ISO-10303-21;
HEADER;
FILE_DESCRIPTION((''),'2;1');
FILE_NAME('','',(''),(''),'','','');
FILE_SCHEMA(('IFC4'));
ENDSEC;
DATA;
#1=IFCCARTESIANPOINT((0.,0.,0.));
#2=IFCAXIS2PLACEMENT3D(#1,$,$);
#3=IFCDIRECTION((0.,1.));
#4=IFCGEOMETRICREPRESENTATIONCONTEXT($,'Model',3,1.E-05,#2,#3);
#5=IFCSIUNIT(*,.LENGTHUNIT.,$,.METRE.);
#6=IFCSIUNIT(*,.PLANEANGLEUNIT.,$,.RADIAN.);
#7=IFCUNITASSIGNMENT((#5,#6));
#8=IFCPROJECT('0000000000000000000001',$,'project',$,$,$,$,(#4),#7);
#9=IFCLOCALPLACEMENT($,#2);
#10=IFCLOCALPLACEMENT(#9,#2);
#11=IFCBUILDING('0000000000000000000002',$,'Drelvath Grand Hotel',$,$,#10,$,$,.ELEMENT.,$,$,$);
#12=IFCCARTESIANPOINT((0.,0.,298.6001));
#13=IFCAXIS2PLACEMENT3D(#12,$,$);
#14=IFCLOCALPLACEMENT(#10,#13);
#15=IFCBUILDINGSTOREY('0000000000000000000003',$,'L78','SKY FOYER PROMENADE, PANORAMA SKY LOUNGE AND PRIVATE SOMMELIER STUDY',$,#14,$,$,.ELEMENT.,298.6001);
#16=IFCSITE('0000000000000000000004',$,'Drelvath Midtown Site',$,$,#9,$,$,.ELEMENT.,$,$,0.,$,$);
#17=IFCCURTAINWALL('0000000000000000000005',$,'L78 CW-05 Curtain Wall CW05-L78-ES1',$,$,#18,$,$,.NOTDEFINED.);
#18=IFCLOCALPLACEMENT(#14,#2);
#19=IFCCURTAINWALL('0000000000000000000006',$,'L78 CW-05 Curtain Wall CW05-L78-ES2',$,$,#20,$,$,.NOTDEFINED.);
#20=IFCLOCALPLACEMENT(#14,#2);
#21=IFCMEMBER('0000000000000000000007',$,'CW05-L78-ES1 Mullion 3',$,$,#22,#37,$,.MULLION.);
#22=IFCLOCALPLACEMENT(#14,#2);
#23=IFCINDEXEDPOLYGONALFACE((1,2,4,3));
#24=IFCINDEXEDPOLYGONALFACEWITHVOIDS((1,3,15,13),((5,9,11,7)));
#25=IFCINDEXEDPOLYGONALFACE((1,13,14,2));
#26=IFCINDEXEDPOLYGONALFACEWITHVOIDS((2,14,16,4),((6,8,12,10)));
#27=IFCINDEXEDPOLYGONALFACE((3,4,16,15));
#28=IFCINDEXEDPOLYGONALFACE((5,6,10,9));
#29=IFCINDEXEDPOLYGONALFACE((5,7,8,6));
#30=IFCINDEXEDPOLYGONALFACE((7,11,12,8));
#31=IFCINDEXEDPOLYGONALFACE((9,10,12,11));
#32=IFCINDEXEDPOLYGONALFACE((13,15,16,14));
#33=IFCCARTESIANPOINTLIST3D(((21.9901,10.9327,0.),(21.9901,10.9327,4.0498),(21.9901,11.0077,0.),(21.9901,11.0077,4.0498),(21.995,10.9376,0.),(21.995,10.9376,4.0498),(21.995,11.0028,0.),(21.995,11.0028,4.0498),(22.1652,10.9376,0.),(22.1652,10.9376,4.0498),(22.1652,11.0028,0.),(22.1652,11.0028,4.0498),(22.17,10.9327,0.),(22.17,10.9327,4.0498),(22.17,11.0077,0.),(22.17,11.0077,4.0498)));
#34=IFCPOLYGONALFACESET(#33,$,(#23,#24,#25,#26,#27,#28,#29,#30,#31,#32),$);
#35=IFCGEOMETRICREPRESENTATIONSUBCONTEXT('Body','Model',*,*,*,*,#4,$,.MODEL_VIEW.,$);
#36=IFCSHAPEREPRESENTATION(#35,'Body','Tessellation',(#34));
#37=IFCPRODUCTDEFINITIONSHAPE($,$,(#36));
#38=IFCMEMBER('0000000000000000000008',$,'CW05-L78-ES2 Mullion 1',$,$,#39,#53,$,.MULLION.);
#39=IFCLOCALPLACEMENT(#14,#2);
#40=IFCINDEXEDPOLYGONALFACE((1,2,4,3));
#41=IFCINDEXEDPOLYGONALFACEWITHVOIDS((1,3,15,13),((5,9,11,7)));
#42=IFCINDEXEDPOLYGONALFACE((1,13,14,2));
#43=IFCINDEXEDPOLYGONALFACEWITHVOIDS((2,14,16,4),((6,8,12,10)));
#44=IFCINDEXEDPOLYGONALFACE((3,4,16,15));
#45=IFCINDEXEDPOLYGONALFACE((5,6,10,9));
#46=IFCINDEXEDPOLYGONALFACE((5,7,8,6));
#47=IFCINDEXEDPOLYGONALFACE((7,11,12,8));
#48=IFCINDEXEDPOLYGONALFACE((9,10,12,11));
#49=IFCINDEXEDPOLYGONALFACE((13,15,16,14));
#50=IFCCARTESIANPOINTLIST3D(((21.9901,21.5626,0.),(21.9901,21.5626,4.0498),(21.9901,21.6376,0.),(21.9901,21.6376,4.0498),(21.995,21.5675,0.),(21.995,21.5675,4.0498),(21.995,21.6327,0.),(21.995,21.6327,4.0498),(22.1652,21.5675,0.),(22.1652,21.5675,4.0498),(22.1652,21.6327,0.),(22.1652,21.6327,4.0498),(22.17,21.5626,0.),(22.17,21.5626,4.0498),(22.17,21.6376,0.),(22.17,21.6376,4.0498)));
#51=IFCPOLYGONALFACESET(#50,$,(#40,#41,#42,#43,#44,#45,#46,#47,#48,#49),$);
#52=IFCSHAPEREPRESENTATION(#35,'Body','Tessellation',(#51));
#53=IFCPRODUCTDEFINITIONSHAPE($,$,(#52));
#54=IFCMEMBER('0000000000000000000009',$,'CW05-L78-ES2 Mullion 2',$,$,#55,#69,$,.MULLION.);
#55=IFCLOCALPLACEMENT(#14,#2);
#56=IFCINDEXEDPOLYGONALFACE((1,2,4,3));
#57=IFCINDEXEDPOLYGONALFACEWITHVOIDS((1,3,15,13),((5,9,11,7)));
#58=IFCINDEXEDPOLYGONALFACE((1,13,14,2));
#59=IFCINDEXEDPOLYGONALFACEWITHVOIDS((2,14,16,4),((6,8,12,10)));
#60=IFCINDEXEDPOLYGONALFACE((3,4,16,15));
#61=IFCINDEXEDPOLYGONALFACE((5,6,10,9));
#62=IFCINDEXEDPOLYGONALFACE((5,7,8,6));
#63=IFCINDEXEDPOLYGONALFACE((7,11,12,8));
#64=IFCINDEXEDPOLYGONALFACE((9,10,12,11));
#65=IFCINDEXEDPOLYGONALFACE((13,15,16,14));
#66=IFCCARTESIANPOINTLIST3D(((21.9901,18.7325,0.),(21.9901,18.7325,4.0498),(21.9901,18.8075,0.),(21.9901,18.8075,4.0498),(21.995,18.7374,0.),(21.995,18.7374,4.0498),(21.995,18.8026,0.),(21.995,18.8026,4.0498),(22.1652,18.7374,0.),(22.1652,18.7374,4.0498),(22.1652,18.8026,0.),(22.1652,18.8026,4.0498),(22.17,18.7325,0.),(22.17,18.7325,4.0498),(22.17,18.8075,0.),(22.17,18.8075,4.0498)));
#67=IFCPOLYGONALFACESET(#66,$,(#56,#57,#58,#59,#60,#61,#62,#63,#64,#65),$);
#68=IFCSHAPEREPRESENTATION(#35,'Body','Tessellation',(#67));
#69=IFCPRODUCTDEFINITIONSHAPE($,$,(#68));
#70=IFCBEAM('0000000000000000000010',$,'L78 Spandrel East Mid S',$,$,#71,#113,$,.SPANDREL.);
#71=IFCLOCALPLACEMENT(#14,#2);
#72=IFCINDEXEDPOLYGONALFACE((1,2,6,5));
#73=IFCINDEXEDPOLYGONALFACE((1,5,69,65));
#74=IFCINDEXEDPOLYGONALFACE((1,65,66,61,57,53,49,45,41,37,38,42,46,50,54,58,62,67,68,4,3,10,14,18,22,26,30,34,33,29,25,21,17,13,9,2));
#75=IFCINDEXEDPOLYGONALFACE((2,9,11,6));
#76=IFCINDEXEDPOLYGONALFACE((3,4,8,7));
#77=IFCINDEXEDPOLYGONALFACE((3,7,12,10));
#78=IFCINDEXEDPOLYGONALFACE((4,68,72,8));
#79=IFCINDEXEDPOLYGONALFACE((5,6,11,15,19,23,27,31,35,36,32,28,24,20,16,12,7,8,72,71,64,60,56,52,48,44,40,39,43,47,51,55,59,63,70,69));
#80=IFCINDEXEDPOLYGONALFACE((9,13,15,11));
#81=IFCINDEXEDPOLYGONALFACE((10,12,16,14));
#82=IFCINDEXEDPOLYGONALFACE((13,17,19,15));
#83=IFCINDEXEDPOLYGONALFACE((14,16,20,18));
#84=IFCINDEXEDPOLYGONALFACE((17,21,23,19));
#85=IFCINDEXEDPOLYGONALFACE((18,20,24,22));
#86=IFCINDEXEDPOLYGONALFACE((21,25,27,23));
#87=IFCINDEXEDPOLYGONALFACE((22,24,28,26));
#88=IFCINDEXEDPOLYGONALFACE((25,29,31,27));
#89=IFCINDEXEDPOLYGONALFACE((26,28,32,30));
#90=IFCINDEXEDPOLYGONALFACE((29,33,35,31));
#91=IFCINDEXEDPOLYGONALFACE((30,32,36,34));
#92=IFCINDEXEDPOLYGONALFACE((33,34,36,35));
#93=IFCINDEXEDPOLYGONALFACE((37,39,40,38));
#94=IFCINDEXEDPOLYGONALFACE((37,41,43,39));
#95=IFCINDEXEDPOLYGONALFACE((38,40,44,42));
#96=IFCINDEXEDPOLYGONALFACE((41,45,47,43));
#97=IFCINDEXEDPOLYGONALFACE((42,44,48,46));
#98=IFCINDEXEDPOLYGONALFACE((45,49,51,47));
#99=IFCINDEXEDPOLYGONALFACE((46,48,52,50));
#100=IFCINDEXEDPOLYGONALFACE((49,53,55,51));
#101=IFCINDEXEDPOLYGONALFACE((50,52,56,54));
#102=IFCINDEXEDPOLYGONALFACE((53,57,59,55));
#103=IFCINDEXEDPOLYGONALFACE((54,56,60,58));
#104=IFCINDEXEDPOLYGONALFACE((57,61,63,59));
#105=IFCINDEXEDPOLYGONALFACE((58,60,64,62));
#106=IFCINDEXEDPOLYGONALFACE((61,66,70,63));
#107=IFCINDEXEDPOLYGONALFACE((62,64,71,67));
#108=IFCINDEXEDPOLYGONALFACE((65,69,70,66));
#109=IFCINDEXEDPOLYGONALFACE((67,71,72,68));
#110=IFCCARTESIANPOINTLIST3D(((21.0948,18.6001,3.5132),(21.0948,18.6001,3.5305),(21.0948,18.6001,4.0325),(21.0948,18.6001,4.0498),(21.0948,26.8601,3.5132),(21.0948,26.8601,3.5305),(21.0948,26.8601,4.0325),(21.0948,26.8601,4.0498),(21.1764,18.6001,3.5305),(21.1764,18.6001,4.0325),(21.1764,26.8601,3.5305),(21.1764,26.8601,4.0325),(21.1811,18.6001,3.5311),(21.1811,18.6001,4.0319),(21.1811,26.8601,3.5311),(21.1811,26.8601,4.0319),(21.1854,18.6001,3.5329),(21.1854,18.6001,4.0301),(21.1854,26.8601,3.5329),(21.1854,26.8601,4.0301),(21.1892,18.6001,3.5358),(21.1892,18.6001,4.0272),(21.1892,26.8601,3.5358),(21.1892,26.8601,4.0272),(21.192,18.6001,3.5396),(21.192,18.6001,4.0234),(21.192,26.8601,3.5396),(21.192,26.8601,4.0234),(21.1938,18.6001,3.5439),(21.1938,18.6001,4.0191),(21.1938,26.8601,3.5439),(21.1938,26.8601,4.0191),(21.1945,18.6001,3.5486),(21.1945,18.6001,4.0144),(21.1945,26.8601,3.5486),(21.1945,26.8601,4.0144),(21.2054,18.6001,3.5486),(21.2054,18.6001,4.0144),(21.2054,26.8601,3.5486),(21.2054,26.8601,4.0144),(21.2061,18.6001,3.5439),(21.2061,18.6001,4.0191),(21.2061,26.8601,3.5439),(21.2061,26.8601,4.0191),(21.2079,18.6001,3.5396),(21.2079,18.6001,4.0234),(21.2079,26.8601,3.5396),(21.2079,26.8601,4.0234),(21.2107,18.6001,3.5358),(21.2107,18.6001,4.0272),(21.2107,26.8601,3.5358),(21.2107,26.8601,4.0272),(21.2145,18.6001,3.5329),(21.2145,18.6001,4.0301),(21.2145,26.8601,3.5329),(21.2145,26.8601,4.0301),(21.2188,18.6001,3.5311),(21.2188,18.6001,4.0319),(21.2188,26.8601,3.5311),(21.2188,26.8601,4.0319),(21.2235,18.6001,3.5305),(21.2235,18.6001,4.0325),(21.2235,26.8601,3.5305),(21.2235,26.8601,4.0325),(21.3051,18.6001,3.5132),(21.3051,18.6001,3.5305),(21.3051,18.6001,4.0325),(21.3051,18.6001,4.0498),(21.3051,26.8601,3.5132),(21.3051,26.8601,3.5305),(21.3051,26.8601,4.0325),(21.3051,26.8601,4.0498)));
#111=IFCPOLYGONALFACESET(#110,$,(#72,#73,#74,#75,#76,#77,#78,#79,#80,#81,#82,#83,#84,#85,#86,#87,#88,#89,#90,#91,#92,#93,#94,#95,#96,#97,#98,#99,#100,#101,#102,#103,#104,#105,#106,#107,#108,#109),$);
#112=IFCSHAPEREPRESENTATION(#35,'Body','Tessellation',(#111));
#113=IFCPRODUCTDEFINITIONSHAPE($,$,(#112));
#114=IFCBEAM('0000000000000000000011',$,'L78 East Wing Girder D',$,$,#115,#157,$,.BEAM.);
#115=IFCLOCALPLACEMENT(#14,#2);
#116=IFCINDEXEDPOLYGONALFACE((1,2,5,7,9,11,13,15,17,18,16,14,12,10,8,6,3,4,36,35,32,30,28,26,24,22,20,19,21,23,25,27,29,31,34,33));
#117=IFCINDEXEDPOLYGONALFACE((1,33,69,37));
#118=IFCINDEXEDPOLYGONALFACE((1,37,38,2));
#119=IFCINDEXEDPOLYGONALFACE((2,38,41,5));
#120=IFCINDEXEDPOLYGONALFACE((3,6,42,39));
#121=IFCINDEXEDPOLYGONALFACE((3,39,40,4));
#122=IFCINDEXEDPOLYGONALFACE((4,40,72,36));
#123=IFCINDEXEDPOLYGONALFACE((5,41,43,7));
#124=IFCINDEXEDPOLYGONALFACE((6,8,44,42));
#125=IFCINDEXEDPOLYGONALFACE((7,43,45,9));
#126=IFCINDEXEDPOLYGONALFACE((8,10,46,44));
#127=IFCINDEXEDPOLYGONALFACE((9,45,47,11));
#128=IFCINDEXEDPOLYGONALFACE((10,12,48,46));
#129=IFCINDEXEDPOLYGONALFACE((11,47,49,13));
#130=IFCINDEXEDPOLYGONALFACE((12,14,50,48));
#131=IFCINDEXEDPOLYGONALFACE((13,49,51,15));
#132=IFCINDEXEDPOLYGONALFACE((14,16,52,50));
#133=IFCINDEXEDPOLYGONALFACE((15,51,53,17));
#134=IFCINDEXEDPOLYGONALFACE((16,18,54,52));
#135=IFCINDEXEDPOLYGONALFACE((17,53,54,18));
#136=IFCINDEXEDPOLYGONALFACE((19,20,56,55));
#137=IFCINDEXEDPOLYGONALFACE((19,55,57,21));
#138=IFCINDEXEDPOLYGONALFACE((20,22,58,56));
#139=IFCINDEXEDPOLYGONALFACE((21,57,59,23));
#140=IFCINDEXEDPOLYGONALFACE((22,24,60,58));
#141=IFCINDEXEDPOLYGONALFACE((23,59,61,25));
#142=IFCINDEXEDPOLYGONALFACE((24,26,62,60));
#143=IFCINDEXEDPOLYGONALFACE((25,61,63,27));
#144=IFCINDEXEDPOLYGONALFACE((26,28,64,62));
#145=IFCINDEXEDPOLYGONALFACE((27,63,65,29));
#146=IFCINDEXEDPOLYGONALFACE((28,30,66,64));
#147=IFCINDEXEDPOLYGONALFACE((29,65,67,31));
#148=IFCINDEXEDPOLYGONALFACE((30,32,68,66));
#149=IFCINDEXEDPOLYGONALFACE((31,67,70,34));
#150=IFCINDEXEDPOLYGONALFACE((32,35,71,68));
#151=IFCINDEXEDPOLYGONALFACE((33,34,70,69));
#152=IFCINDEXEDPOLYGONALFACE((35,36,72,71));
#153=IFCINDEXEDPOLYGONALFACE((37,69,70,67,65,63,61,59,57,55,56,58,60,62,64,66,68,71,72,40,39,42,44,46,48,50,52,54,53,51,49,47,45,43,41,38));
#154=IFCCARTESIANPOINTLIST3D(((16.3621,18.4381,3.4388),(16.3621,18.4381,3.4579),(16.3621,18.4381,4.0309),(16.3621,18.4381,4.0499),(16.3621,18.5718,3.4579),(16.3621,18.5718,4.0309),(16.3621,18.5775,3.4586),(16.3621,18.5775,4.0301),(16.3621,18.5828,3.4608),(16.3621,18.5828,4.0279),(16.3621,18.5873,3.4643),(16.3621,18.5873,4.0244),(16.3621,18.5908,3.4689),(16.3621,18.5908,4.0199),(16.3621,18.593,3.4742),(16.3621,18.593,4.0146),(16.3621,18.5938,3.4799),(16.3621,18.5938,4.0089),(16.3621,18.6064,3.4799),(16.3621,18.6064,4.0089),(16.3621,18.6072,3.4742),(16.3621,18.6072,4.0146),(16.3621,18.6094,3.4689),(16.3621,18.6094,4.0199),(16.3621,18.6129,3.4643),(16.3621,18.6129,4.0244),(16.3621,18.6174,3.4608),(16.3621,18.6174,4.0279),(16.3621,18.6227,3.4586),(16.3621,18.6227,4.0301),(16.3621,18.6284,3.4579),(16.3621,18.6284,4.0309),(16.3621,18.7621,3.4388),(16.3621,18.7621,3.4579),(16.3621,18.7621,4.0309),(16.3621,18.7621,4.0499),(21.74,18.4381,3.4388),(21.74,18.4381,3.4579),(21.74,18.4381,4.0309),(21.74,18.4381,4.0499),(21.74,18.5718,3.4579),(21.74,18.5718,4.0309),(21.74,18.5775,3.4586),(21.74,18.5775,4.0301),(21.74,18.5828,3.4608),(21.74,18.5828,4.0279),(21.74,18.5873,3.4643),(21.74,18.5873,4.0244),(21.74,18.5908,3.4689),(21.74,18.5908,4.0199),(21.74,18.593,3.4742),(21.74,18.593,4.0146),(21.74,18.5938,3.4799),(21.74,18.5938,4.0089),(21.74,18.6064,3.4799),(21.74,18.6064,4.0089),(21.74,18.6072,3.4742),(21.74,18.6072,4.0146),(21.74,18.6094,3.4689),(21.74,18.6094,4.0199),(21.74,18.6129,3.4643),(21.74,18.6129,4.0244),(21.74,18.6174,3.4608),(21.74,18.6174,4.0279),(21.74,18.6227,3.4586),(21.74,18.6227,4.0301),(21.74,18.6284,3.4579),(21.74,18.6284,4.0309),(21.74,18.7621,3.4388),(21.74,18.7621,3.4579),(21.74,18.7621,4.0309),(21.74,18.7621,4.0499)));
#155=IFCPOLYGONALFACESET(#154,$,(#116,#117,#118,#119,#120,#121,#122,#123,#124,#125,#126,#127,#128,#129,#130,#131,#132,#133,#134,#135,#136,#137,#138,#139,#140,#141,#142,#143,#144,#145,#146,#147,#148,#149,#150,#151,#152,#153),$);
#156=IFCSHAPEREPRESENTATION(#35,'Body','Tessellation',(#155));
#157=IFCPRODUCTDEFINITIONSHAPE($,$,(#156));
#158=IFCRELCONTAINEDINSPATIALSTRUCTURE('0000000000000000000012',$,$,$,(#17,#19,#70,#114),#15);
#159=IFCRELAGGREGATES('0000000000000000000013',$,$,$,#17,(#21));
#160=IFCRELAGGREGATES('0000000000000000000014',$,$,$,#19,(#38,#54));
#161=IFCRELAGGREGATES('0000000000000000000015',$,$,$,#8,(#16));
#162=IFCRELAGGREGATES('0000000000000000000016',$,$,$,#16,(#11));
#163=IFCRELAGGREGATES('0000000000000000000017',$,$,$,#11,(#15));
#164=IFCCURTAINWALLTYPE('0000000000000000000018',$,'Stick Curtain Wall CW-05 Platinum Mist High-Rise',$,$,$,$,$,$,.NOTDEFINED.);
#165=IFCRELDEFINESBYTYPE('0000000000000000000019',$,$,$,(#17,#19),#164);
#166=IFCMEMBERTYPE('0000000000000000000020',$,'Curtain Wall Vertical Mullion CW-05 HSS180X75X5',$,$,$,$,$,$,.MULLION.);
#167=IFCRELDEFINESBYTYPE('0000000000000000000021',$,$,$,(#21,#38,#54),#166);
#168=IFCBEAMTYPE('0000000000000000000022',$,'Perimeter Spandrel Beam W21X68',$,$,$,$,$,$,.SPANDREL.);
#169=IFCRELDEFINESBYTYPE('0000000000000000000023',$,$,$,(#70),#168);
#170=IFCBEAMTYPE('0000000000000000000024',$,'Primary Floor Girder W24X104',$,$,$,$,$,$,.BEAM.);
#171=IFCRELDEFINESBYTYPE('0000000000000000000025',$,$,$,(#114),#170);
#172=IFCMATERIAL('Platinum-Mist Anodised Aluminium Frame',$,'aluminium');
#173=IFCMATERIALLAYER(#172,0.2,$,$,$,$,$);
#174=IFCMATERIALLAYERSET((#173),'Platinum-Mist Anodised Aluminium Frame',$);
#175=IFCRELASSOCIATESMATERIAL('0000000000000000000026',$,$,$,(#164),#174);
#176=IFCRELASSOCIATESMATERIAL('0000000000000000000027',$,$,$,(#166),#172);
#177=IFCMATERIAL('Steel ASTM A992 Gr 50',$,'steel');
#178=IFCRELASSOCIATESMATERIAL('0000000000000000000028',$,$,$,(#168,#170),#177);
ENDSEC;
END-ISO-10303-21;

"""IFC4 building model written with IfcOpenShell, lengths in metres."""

from ifc_helpers import new_model, si_unit, direction, frame, origin, origin_2d, place, context, subcontext, project, spatial, hollow_rectangle, i_section, extrude, material, layer, layer_set, material_profile, profile_set, type_object, element, aggregate, save


model = new_model("IFC4")

# Units and contexts
model_context = context("Model", 3, precision=1e-05, world=origin(), true_north=direction((0.0, 1.0)))
body_context = subcontext(model_context, "Body", "Model", "MODEL_VIEW")
ifc_project = project(units=[si_unit("LENGTHUNIT", "METRE"), si_unit("PLANEANGLEUNIT", "RADIAN")], contexts=[model_context])

# Site, building, storey
site_placement = place(None, origin())
site = spatial("IfcSite", under=ifc_project, at=site_placement, Name="Drelvath Midtown Site", CompositionType="ELEMENT", RefElevation=0.0)
building_placement = place(site_placement, origin())
building = spatial("IfcBuilding", under=site, at=building_placement, Name="Drelvath Grand Hotel", CompositionType="ELEMENT")
storey_placement = place(building_placement, frame((0.0, 0.0, 298.6001)))
storey = spatial("IfcBuildingStorey", under=building, at=storey_placement, Name="L78", Description="SKY FOYER PROMENADE, PANORAMA SKY LOUNGE AND PRIVATE SOMMELIER STUDY", CompositionType="ELEMENT", Elevation=298.6001)

# Curtain walls
ifc_material_1 = material(Name="Platinum-Mist Anodised Aluminium Frame", Category="aluminium")
ifc_layer_1 = layer(ifc_material_1, 0.2)
ifc_layer_set_1 = layer_set([ifc_layer_1], Name="Platinum-Mist Anodised Aluminium Frame")
curtain_wall_type = type_object("IfcCurtainWallType", Name="Stick Curtain Wall CW-05 Platinum Mist High-Rise", PredefinedType="NOTDEFINED", material=ifc_layer_set_1)
curtain_wall_1_placement = place(storey_placement, origin())
curtain_wall_1 = element("IfcCurtainWall", 1, at=curtain_wall_1_placement, inside=storey, type_object=curtain_wall_type, Name="L78 CW-05 Curtain Wall CW05-L78-ES1", PredefinedType="NOTDEFINED")
curtain_wall_2_placement = place(storey_placement, origin())
curtain_wall_2 = element("IfcCurtainWall", 2, at=curtain_wall_2_placement, inside=storey, type_object=curtain_wall_type, Name="L78 CW-05 Curtain Wall CW05-L78-ES2", PredefinedType="NOTDEFINED")

# Members
ifc_material_profile_1 = material_profile(ifc_material_1, hollow_rectangle(XDim=0.075, YDim=0.1799, WallThickness=0.0049, at=origin_2d()), Name="HSS180X75X5")
ifc_profile_set_1 = profile_set([ifc_material_profile_1], Name="Platinum-Mist Anodised Aluminium Frame")
member_type_1 = type_object("IfcMemberType", Name="Curtain Wall Vertical Mullion CW-05 HSS180X75X5", PredefinedType="MULLION", material=ifc_profile_set_1)
member_1_placement = place(storey_placement, frame((22.0801, 10.9702, 0.0), z_axis=(0.0, 0.0, 1.0), x_axis=(0.0, 1.0, 0.0)))
member_1 = element("IfcMember", 3, at=member_1_placement, type_object=member_type_1, Name="CW05-L78-ES1 Mullion 3", PredefinedType="MULLION", context=body_context, shape_type="SweptSolid", body=[
    extrude(hollow_rectangle(XDim=0.075, YDim=0.1799, WallThickness=0.0049, at=origin_2d()), origin(), (0.0, 0.0, 1.0), 4.0498),
])
member_2_placement = place(storey_placement, frame((22.0801, 21.6001, 0.0), z_axis=(0.0, 0.0, 1.0), x_axis=(0.0, 1.0, 0.0)))
member_2 = element("IfcMember", 4, at=member_2_placement, type_object=member_type_1, Name="CW05-L78-ES2 Mullion 1", PredefinedType="MULLION", context=body_context, shape_type="SweptSolid", body=[
    extrude(hollow_rectangle(XDim=0.075, YDim=0.1799, WallThickness=0.0049, at=origin_2d()), origin(), (0.0, 0.0, 1.0), 4.0498),
])
member_3_placement = place(storey_placement, frame((22.0801, 18.77, 0.0), z_axis=(0.0, 0.0, 1.0), x_axis=(0.0, 1.0, 0.0)))
member_3 = element("IfcMember", 5, at=member_3_placement, type_object=member_type_1, Name="CW05-L78-ES2 Mullion 2", PredefinedType="MULLION", context=body_context, shape_type="SweptSolid", body=[
    extrude(hollow_rectangle(XDim=0.075, YDim=0.1799, WallThickness=0.0049, at=origin_2d()), origin(), (0.0, 0.0, 1.0), 4.0498),
])

# Beams
ifc_material_2 = material(Name="Steel ASTM A992 Gr 50", Category="steel")
ifc_material_profile_2 = material_profile(ifc_material_2, i_section(OverallWidth=0.2102, OverallDepth=0.5366, WebThickness=0.011, FlangeThickness=0.0173, FilletRadius=0.0181, at=origin_2d()), Name="W21X68")
ifc_profile_set_2 = profile_set([ifc_material_profile_2], Name="Steel ASTM A992 Gr 50")
beam_type_1 = type_object("IfcBeamType", Name="Perimeter Spandrel Beam W21X68", PredefinedType="SPANDREL", material=ifc_profile_set_2)
beam_1_placement = place(storey_placement, frame((21.2, 18.6001, 3.7815), z_axis=(0.0, 1.0, 0.0), x_axis=(-1.0, 0.0, 0.0)))
element("IfcBeam", 6, at=beam_1_placement, inside=storey, type_object=beam_type_1, Name="L78 Spandrel East Mid S", PredefinedType="SPANDREL", context=body_context, shape_type="SweptSolid", body=[
    extrude(i_section(OverallWidth=0.2102, OverallDepth=0.5366, WebThickness=0.011, FlangeThickness=0.0173, FilletRadius=0.0181, at=origin_2d()), origin(), (0.0, 0.0, 1.0), 8.26),
])
ifc_material_profile_3 = material_profile(ifc_material_2, i_section(OverallWidth=0.324, OverallDepth=0.6111, WebThickness=0.0127, FlangeThickness=0.019, FilletRadius=0.022, at=origin_2d()), Name="W24X104")
ifc_profile_set_3 = profile_set([ifc_material_profile_3], Name="Steel ASTM A992 Gr 50")
beam_type_2 = type_object("IfcBeamType", Name="Primary Floor Girder W24X104", PredefinedType="BEAM", material=ifc_profile_set_3)
beam_2_placement = place(storey_placement, frame((16.3621, 18.6001, 3.7444), z_axis=(1.0, 0.0, 0.0), x_axis=(0.0, 1.0, 0.0)))
element("IfcBeam", 7, at=beam_2_placement, inside=storey, type_object=beam_type_2, Name="L78 East Wing Girder D", PredefinedType="BEAM", context=body_context, shape_type="SweptSolid", body=[
    extrude(i_section(OverallWidth=0.324, OverallDepth=0.6111, WebThickness=0.0127, FlangeThickness=0.019, FilletRadius=0.022, at=origin_2d()), origin(), (0.0, 0.0, 1.0), 5.3779),
])

aggregate(curtain_wall_1, [member_1])
aggregate(curtain_wall_2, [member_2, member_3])

save(model, "model.ifc")
